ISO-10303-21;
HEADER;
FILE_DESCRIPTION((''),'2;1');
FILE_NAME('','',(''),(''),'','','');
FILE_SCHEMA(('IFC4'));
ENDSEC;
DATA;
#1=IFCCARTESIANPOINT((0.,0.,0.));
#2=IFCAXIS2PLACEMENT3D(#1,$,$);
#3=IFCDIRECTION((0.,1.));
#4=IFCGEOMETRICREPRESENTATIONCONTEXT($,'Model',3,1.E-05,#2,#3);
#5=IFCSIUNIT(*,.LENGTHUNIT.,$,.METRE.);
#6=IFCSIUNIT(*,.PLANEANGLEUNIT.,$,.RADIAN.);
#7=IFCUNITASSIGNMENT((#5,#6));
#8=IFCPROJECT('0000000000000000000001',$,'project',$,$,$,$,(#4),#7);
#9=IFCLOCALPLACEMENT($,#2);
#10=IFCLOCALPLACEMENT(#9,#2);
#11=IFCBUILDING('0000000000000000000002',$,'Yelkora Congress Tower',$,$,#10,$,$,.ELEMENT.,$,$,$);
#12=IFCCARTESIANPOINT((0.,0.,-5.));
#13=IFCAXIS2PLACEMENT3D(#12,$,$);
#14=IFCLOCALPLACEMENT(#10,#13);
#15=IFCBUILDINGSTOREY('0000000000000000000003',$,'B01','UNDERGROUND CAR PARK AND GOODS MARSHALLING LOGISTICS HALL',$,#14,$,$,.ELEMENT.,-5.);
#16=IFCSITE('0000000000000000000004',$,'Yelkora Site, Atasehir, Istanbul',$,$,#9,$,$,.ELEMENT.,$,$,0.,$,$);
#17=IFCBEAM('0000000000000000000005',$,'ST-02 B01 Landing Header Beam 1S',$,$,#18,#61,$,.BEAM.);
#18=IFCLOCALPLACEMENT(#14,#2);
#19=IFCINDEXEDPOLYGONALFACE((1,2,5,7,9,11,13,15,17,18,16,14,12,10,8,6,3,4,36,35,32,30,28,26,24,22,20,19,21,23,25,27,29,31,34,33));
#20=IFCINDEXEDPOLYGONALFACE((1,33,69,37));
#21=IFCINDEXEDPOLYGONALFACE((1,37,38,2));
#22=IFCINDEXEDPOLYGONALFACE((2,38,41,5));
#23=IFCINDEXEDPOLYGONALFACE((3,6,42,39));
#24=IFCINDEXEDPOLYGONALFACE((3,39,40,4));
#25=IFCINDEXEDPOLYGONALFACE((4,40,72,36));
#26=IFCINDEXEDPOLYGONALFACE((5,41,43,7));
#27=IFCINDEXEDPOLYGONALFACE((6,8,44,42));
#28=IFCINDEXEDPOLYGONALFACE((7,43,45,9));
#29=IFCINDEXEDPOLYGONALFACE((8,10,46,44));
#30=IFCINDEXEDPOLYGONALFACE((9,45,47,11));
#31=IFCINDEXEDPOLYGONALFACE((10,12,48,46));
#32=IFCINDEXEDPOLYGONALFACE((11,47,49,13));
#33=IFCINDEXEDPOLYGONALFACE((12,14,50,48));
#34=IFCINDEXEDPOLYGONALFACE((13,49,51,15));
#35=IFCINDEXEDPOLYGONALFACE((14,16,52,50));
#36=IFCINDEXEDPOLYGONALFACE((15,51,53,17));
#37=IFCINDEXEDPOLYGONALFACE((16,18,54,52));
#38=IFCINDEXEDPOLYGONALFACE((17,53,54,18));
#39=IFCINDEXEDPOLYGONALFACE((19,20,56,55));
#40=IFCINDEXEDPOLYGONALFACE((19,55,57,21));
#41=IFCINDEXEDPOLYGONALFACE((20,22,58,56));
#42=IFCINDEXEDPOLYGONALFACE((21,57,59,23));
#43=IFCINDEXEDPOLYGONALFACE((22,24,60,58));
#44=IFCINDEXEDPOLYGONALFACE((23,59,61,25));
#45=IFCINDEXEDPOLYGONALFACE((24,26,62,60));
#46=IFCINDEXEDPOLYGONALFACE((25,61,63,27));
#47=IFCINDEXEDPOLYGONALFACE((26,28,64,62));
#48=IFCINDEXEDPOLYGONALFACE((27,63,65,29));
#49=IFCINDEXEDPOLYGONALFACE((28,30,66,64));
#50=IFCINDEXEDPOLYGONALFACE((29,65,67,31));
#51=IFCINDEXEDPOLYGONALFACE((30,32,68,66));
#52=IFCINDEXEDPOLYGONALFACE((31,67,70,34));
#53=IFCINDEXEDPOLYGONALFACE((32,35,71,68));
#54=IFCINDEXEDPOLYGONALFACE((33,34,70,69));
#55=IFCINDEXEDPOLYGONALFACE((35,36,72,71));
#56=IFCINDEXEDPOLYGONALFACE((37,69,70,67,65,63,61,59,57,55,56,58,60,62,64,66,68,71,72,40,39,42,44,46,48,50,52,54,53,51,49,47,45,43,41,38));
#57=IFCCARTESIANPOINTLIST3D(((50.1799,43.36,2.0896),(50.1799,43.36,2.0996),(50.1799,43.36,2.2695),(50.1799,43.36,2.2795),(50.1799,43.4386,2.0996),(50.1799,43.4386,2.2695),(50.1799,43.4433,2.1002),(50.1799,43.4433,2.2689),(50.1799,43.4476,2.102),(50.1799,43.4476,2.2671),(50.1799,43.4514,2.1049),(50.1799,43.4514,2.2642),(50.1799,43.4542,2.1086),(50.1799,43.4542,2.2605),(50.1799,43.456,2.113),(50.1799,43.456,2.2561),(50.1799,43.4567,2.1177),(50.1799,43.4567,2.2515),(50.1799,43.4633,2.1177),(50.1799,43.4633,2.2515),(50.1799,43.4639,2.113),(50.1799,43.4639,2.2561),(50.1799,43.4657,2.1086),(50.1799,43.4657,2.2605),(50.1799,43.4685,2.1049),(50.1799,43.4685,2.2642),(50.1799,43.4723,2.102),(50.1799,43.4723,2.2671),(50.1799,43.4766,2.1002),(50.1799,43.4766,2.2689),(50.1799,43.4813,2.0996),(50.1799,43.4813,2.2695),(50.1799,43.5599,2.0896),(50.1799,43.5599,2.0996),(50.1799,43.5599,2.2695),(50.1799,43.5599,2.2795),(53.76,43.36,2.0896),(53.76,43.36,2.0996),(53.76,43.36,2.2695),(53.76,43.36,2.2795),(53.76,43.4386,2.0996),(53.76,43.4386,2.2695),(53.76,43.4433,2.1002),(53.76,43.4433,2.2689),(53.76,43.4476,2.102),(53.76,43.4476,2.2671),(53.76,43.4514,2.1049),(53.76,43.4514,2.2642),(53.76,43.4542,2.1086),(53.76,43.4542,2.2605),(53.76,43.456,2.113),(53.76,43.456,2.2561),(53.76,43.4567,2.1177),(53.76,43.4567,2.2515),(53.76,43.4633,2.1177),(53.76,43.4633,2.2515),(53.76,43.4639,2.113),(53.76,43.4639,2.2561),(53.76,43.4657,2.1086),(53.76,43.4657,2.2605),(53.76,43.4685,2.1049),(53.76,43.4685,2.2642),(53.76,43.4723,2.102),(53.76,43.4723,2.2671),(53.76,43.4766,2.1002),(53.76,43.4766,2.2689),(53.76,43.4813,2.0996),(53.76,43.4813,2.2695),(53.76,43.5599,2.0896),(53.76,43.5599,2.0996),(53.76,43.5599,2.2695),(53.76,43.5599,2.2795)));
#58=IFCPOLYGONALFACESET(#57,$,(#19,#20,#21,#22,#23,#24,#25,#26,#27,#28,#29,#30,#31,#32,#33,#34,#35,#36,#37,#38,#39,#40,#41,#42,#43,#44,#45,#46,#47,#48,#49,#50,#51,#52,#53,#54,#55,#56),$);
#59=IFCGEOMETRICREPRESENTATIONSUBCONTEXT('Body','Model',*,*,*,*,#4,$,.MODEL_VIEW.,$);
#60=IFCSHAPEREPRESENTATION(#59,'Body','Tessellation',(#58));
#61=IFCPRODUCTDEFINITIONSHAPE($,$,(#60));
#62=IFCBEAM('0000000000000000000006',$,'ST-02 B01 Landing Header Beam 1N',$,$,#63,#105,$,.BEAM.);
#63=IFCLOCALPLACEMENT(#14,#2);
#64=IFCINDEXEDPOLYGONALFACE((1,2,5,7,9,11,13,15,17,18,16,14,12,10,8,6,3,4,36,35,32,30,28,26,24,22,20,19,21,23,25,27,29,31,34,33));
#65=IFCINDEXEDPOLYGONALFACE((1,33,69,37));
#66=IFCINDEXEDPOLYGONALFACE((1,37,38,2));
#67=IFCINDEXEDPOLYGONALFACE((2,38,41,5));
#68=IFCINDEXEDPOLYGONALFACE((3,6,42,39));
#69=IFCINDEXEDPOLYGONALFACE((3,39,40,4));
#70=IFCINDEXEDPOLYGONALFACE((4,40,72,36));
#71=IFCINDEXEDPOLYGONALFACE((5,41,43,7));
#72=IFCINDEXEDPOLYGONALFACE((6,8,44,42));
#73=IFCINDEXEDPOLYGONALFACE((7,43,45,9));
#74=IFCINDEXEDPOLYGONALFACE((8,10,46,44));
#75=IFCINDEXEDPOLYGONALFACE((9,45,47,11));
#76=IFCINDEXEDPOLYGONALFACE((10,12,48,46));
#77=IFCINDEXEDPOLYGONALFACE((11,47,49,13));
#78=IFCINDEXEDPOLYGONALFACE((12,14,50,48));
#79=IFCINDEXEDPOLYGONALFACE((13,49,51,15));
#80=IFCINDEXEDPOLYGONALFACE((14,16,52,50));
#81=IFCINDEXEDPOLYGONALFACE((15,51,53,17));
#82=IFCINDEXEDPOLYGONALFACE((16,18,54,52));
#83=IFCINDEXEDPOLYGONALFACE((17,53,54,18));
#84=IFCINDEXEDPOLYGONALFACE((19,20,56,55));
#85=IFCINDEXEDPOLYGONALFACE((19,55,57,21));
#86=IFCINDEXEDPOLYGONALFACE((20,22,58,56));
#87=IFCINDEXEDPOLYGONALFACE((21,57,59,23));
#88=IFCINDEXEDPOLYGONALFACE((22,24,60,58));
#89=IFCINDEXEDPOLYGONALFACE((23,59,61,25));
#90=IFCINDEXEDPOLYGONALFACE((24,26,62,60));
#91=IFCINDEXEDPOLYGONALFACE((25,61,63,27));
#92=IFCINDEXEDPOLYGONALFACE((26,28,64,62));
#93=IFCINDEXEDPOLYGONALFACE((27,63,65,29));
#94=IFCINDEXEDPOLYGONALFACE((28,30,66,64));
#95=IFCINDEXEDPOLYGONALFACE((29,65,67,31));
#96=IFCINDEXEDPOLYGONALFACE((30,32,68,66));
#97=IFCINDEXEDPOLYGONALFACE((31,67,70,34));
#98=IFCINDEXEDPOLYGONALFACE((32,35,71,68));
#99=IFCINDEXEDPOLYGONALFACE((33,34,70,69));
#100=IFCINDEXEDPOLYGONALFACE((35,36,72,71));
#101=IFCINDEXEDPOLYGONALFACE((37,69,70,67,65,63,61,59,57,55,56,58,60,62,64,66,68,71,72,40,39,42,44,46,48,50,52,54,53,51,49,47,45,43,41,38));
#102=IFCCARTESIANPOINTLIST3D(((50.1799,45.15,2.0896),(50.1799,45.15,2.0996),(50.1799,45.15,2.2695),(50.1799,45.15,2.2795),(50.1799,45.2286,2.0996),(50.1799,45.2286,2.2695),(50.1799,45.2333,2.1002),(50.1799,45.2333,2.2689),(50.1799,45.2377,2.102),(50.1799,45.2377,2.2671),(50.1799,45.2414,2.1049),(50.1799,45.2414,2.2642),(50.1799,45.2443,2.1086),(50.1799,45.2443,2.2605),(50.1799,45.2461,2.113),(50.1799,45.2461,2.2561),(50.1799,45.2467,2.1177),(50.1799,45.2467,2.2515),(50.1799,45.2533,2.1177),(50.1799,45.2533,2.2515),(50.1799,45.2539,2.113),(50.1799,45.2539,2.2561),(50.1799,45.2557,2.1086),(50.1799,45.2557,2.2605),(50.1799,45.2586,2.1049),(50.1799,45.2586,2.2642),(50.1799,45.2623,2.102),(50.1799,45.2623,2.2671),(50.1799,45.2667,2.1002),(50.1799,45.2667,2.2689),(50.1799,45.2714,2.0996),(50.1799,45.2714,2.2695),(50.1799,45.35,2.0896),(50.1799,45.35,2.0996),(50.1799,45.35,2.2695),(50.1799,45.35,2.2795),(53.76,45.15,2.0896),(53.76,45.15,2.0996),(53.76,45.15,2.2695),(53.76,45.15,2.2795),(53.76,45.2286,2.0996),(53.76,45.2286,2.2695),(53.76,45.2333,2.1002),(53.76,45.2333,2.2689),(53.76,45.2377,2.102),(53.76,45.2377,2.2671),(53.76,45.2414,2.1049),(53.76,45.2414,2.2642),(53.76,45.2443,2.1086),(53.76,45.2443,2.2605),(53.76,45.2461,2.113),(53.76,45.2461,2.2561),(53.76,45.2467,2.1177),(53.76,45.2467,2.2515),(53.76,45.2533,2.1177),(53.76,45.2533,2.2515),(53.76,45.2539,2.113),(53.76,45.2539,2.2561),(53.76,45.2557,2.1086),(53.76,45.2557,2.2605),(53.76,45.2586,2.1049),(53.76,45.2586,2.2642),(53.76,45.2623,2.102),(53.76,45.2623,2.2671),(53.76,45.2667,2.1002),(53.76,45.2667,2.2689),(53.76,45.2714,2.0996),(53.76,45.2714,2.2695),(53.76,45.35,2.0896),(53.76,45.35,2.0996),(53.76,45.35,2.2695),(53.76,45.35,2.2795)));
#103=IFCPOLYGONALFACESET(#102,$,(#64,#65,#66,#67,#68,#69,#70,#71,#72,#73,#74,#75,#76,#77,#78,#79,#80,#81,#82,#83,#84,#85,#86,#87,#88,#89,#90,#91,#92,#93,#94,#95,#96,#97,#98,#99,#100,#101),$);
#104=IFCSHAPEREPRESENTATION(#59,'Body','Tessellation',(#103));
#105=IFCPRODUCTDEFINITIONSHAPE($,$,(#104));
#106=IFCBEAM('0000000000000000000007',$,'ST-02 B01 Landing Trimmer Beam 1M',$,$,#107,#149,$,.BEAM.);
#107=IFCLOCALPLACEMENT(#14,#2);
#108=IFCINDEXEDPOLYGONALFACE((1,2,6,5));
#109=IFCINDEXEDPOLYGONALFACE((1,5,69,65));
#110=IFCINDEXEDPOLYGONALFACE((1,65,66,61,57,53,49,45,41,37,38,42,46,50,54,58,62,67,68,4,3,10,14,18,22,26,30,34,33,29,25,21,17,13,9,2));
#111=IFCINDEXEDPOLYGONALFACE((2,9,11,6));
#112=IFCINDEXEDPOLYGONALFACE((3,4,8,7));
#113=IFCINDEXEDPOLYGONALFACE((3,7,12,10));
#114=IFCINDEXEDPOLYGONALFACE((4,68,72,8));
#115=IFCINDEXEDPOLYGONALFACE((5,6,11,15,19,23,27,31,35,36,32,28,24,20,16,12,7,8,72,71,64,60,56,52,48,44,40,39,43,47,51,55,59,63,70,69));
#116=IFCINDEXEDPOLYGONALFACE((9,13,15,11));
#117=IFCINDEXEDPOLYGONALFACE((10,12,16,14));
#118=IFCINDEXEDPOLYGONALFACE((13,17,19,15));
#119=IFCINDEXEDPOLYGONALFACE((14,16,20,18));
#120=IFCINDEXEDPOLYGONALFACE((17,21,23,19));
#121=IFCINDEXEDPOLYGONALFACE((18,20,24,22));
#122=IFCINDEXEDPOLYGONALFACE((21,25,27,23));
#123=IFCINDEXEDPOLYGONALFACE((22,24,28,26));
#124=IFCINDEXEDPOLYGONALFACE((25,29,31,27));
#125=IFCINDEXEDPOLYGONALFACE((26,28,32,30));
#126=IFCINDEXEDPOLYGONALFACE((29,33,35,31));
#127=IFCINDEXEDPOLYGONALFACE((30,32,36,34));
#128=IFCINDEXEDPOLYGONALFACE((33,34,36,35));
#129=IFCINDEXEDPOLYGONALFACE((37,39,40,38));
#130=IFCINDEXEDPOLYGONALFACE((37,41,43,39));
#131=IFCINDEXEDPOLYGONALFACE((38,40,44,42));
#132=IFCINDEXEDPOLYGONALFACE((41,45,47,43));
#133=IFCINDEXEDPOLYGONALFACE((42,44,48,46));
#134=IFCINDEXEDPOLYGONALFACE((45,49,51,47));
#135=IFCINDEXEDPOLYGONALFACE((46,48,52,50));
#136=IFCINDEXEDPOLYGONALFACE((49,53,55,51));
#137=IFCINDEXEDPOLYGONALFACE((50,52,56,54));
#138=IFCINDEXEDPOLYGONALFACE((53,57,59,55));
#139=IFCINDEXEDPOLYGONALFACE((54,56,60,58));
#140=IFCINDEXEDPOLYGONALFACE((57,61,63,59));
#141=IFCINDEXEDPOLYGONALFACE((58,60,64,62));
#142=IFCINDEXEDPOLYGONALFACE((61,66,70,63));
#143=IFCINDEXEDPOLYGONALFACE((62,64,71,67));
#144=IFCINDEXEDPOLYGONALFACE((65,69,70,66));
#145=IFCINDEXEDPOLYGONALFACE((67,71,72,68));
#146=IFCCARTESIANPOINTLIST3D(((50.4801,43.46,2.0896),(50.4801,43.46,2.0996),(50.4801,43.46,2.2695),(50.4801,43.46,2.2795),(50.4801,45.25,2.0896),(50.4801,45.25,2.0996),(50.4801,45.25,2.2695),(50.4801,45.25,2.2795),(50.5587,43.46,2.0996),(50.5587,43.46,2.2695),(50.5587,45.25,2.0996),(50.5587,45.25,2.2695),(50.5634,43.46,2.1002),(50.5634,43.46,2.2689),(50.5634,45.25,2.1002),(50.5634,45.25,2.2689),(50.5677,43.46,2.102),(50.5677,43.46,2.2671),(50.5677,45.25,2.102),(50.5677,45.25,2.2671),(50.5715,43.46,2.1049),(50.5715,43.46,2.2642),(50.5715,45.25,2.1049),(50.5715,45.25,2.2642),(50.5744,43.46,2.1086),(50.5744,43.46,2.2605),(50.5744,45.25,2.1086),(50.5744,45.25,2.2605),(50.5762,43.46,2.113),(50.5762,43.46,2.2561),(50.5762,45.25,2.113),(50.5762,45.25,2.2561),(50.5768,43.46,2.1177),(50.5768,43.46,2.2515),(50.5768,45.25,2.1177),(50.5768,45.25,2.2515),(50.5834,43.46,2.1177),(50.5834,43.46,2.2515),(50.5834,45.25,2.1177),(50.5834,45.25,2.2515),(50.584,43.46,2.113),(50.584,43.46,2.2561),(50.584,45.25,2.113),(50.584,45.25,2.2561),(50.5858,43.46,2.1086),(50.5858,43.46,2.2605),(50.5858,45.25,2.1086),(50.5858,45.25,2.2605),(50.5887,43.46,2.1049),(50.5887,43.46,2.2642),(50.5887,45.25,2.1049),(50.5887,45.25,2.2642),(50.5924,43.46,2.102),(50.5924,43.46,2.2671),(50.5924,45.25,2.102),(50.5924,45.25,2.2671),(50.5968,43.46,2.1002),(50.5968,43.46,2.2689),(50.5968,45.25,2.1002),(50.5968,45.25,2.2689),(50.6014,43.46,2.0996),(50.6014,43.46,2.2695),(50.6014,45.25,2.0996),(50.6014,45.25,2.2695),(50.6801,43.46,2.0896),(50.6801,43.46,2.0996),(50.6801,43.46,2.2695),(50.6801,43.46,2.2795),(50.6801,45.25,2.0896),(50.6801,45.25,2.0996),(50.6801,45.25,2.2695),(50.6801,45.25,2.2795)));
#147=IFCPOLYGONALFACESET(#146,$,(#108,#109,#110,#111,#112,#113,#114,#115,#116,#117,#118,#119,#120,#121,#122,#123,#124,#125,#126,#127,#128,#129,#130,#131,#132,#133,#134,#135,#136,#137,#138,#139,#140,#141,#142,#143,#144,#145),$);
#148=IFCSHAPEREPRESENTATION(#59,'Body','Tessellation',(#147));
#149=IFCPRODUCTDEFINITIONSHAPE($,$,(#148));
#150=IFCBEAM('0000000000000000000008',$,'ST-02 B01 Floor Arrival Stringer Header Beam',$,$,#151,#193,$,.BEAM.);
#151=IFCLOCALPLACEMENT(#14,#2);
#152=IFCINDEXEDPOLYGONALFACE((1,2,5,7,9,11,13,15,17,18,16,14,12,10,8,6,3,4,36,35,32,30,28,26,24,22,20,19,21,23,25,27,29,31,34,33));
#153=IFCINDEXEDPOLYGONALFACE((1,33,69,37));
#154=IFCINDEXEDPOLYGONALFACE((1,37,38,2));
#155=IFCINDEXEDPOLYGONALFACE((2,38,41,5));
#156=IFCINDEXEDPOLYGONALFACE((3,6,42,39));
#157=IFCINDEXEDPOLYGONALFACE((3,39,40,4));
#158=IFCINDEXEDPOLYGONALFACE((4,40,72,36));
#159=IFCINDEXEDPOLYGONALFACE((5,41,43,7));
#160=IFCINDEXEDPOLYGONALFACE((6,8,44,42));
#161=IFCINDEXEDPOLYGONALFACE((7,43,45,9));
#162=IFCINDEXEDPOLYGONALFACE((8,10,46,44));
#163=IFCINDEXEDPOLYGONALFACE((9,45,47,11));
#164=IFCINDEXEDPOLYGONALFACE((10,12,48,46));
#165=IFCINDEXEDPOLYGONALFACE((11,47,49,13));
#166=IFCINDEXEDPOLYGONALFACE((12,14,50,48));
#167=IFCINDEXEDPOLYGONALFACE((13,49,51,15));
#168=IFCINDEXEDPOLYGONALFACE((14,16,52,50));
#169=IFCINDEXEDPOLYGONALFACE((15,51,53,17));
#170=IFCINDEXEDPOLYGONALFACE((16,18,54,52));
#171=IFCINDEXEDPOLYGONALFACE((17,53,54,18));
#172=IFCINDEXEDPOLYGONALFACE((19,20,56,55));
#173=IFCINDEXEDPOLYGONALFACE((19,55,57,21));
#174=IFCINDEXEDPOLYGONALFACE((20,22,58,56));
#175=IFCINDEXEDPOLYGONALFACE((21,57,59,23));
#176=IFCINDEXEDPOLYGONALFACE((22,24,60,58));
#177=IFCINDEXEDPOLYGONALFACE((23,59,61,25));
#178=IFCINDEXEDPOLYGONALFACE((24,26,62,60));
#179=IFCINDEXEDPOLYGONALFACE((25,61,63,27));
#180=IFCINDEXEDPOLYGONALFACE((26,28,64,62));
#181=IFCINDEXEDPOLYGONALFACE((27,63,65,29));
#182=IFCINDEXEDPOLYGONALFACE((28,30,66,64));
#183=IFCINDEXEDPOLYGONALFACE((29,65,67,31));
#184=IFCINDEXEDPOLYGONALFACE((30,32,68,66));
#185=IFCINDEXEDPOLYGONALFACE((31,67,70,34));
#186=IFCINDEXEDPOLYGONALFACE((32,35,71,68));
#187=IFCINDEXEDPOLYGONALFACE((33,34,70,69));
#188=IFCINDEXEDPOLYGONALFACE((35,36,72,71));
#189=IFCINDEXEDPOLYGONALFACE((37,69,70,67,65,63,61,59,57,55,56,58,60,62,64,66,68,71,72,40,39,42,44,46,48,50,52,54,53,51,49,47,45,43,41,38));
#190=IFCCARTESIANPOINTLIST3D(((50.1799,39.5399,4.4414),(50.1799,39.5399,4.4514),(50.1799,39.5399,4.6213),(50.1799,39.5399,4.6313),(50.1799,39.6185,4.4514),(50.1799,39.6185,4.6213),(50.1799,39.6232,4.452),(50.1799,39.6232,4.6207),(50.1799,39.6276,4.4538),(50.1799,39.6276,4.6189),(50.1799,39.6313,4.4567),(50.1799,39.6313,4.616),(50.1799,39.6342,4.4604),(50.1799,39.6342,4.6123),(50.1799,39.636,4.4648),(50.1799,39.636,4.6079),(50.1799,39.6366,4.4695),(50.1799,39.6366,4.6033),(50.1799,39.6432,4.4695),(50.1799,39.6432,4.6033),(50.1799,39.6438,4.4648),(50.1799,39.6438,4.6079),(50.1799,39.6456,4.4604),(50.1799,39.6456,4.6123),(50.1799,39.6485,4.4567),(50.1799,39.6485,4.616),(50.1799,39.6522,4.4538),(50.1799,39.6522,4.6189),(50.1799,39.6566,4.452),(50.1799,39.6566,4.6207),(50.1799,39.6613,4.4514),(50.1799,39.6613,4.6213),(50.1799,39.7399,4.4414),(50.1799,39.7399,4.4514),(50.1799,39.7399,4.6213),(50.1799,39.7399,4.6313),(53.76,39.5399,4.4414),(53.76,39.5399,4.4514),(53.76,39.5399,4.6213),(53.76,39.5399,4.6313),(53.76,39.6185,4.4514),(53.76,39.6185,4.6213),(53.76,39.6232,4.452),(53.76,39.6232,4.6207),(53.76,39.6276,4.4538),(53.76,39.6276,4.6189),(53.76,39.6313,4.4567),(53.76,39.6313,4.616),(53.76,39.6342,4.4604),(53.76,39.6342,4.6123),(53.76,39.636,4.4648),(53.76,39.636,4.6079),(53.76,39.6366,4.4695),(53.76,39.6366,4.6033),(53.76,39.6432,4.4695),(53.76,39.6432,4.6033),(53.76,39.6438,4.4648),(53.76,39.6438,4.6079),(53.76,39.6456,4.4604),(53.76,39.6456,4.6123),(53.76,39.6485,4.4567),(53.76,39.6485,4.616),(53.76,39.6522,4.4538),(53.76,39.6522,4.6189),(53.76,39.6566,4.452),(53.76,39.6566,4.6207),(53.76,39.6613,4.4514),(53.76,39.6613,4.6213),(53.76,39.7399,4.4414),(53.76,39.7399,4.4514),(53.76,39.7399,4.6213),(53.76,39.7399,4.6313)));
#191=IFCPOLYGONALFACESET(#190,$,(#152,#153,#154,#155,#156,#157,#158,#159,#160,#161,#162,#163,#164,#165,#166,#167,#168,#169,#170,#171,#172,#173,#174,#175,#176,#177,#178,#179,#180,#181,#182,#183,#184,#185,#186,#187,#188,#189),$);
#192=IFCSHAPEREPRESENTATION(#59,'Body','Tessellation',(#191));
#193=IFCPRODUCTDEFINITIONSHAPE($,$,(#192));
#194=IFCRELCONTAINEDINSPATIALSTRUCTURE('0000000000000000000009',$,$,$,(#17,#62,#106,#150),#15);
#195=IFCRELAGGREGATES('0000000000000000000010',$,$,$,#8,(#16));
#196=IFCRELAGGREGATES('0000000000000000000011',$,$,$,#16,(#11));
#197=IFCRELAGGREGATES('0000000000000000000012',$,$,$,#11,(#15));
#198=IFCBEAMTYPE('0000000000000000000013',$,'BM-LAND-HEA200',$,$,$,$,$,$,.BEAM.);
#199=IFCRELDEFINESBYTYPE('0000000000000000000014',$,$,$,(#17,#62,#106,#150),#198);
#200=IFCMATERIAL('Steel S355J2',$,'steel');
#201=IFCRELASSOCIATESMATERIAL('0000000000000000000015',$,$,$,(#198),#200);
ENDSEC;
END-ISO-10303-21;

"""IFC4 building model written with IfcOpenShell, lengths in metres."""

from ifc_helpers import new_model, si_unit, direction, frame, origin, origin_2d, place, context, subcontext, project, spatial, i_section, extrude, material, material_profile, profile_set, type_object, element, save


model = new_model("IFC4")

# Units and contexts
model_context = context("Model", 3, precision=1e-05, world=origin(), true_north=direction((0.0, 1.0)))
body_context = subcontext(model_context, "Body", "Model", "MODEL_VIEW")
ifc_project = project(units=[si_unit("LENGTHUNIT", "METRE"), si_unit("PLANEANGLEUNIT", "RADIAN")], contexts=[model_context])

# Site, building, storey
site_placement = place(None, origin())
site = spatial("IfcSite", under=ifc_project, at=site_placement, Name="Yelkora Site, Atasehir, Istanbul", CompositionType="ELEMENT", RefElevation=0.0)
building_placement = place(site_placement, origin())
building = spatial("IfcBuilding", under=site, at=building_placement, Name="Yelkora Congress Tower", CompositionType="ELEMENT")
storey_placement = place(building_placement, frame((0.0, 0.0, -5.0)))
storey = spatial("IfcBuildingStorey", under=building, at=storey_placement, Name="B01", Description="UNDERGROUND CAR PARK AND GOODS MARSHALLING LOGISTICS HALL", CompositionType="ELEMENT", Elevation=-5.0)

# Beams
ifc_material_1 = material(Name="Steel S355J2", Category="steel")
ifc_material_profile_1 = material_profile(ifc_material_1, i_section(OverallWidth=0.2, OverallDepth=0.1899, WebThickness=0.0066, FlangeThickness=0.01, FilletRadius=0.0181, at=origin_2d()), Name="HEA 200")
ifc_profile_set_1 = profile_set([ifc_material_profile_1], Name="Steel S355J2")
beam_type_1 = type_object("IfcBeamType", Name="BM-LAND-HEA200", PredefinedType="BEAM", material=ifc_profile_set_1)
for number, where, z_axis, x_axis, name in (
    (1, (50.1799, 43.46, 2.1846), (1.0, 0.0, 0.0), (0.0, 1.0, 0.0), "ST-02 B01 Landing Header Beam 1S"),
    (2, (50.1799, 45.25, 2.1846), (1.0, 0.0, 0.0), (0.0, 1.0, 0.0), "ST-02 B01 Landing Header Beam 1N"),
):
    element("IfcBeam", number, at=place(storey_placement, frame(where, z_axis=z_axis, x_axis=x_axis)), inside=storey, type_object=beam_type_1, Name=name, PredefinedType="BEAM", context=body_context, shape_type="SweptSolid", body=[
        extrude(i_section(OverallWidth=0.2, OverallDepth=0.1899, WebThickness=0.0066, FlangeThickness=0.01, FilletRadius=0.0181, at=origin_2d()), origin(), (0.0, 0.0, 1.0), 3.5801),
    ])
beam_1_placement = place(storey_placement, frame((50.5801, 43.46, 2.1846), z_axis=(0.0, 1.0, 0.0), x_axis=(-1.0, 0.0, 0.0)))
element("IfcBeam", 3, at=beam_1_placement, inside=storey, type_object=beam_type_1, Name="ST-02 B01 Landing Trimmer Beam 1M", PredefinedType="BEAM", context=body_context, shape_type="SweptSolid", body=[
    extrude(i_section(OverallWidth=0.2, OverallDepth=0.1899, WebThickness=0.0066, FlangeThickness=0.01, FilletRadius=0.0181, at=origin_2d()), origin(), (0.0, 0.0, 1.0), 1.79),
])
beam_2_placement = place(storey_placement, frame((50.1799, 39.6399, 4.5364), z_axis=(1.0, 0.0, 0.0), x_axis=(0.0, 1.0, 0.0)))
element("IfcBeam", 4, at=beam_2_placement, inside=storey, type_object=beam_type_1, Name="ST-02 B01 Floor Arrival Stringer Header Beam", PredefinedType="BEAM", context=body_context, shape_type="SweptSolid", body=[
    extrude(i_section(OverallWidth=0.2, OverallDepth=0.1899, WebThickness=0.0066, FlangeThickness=0.01, FilletRadius=0.0181, at=origin_2d()), origin(), (0.0, 0.0, 1.0), 3.5801),
])

save(model, "model.ifc")
